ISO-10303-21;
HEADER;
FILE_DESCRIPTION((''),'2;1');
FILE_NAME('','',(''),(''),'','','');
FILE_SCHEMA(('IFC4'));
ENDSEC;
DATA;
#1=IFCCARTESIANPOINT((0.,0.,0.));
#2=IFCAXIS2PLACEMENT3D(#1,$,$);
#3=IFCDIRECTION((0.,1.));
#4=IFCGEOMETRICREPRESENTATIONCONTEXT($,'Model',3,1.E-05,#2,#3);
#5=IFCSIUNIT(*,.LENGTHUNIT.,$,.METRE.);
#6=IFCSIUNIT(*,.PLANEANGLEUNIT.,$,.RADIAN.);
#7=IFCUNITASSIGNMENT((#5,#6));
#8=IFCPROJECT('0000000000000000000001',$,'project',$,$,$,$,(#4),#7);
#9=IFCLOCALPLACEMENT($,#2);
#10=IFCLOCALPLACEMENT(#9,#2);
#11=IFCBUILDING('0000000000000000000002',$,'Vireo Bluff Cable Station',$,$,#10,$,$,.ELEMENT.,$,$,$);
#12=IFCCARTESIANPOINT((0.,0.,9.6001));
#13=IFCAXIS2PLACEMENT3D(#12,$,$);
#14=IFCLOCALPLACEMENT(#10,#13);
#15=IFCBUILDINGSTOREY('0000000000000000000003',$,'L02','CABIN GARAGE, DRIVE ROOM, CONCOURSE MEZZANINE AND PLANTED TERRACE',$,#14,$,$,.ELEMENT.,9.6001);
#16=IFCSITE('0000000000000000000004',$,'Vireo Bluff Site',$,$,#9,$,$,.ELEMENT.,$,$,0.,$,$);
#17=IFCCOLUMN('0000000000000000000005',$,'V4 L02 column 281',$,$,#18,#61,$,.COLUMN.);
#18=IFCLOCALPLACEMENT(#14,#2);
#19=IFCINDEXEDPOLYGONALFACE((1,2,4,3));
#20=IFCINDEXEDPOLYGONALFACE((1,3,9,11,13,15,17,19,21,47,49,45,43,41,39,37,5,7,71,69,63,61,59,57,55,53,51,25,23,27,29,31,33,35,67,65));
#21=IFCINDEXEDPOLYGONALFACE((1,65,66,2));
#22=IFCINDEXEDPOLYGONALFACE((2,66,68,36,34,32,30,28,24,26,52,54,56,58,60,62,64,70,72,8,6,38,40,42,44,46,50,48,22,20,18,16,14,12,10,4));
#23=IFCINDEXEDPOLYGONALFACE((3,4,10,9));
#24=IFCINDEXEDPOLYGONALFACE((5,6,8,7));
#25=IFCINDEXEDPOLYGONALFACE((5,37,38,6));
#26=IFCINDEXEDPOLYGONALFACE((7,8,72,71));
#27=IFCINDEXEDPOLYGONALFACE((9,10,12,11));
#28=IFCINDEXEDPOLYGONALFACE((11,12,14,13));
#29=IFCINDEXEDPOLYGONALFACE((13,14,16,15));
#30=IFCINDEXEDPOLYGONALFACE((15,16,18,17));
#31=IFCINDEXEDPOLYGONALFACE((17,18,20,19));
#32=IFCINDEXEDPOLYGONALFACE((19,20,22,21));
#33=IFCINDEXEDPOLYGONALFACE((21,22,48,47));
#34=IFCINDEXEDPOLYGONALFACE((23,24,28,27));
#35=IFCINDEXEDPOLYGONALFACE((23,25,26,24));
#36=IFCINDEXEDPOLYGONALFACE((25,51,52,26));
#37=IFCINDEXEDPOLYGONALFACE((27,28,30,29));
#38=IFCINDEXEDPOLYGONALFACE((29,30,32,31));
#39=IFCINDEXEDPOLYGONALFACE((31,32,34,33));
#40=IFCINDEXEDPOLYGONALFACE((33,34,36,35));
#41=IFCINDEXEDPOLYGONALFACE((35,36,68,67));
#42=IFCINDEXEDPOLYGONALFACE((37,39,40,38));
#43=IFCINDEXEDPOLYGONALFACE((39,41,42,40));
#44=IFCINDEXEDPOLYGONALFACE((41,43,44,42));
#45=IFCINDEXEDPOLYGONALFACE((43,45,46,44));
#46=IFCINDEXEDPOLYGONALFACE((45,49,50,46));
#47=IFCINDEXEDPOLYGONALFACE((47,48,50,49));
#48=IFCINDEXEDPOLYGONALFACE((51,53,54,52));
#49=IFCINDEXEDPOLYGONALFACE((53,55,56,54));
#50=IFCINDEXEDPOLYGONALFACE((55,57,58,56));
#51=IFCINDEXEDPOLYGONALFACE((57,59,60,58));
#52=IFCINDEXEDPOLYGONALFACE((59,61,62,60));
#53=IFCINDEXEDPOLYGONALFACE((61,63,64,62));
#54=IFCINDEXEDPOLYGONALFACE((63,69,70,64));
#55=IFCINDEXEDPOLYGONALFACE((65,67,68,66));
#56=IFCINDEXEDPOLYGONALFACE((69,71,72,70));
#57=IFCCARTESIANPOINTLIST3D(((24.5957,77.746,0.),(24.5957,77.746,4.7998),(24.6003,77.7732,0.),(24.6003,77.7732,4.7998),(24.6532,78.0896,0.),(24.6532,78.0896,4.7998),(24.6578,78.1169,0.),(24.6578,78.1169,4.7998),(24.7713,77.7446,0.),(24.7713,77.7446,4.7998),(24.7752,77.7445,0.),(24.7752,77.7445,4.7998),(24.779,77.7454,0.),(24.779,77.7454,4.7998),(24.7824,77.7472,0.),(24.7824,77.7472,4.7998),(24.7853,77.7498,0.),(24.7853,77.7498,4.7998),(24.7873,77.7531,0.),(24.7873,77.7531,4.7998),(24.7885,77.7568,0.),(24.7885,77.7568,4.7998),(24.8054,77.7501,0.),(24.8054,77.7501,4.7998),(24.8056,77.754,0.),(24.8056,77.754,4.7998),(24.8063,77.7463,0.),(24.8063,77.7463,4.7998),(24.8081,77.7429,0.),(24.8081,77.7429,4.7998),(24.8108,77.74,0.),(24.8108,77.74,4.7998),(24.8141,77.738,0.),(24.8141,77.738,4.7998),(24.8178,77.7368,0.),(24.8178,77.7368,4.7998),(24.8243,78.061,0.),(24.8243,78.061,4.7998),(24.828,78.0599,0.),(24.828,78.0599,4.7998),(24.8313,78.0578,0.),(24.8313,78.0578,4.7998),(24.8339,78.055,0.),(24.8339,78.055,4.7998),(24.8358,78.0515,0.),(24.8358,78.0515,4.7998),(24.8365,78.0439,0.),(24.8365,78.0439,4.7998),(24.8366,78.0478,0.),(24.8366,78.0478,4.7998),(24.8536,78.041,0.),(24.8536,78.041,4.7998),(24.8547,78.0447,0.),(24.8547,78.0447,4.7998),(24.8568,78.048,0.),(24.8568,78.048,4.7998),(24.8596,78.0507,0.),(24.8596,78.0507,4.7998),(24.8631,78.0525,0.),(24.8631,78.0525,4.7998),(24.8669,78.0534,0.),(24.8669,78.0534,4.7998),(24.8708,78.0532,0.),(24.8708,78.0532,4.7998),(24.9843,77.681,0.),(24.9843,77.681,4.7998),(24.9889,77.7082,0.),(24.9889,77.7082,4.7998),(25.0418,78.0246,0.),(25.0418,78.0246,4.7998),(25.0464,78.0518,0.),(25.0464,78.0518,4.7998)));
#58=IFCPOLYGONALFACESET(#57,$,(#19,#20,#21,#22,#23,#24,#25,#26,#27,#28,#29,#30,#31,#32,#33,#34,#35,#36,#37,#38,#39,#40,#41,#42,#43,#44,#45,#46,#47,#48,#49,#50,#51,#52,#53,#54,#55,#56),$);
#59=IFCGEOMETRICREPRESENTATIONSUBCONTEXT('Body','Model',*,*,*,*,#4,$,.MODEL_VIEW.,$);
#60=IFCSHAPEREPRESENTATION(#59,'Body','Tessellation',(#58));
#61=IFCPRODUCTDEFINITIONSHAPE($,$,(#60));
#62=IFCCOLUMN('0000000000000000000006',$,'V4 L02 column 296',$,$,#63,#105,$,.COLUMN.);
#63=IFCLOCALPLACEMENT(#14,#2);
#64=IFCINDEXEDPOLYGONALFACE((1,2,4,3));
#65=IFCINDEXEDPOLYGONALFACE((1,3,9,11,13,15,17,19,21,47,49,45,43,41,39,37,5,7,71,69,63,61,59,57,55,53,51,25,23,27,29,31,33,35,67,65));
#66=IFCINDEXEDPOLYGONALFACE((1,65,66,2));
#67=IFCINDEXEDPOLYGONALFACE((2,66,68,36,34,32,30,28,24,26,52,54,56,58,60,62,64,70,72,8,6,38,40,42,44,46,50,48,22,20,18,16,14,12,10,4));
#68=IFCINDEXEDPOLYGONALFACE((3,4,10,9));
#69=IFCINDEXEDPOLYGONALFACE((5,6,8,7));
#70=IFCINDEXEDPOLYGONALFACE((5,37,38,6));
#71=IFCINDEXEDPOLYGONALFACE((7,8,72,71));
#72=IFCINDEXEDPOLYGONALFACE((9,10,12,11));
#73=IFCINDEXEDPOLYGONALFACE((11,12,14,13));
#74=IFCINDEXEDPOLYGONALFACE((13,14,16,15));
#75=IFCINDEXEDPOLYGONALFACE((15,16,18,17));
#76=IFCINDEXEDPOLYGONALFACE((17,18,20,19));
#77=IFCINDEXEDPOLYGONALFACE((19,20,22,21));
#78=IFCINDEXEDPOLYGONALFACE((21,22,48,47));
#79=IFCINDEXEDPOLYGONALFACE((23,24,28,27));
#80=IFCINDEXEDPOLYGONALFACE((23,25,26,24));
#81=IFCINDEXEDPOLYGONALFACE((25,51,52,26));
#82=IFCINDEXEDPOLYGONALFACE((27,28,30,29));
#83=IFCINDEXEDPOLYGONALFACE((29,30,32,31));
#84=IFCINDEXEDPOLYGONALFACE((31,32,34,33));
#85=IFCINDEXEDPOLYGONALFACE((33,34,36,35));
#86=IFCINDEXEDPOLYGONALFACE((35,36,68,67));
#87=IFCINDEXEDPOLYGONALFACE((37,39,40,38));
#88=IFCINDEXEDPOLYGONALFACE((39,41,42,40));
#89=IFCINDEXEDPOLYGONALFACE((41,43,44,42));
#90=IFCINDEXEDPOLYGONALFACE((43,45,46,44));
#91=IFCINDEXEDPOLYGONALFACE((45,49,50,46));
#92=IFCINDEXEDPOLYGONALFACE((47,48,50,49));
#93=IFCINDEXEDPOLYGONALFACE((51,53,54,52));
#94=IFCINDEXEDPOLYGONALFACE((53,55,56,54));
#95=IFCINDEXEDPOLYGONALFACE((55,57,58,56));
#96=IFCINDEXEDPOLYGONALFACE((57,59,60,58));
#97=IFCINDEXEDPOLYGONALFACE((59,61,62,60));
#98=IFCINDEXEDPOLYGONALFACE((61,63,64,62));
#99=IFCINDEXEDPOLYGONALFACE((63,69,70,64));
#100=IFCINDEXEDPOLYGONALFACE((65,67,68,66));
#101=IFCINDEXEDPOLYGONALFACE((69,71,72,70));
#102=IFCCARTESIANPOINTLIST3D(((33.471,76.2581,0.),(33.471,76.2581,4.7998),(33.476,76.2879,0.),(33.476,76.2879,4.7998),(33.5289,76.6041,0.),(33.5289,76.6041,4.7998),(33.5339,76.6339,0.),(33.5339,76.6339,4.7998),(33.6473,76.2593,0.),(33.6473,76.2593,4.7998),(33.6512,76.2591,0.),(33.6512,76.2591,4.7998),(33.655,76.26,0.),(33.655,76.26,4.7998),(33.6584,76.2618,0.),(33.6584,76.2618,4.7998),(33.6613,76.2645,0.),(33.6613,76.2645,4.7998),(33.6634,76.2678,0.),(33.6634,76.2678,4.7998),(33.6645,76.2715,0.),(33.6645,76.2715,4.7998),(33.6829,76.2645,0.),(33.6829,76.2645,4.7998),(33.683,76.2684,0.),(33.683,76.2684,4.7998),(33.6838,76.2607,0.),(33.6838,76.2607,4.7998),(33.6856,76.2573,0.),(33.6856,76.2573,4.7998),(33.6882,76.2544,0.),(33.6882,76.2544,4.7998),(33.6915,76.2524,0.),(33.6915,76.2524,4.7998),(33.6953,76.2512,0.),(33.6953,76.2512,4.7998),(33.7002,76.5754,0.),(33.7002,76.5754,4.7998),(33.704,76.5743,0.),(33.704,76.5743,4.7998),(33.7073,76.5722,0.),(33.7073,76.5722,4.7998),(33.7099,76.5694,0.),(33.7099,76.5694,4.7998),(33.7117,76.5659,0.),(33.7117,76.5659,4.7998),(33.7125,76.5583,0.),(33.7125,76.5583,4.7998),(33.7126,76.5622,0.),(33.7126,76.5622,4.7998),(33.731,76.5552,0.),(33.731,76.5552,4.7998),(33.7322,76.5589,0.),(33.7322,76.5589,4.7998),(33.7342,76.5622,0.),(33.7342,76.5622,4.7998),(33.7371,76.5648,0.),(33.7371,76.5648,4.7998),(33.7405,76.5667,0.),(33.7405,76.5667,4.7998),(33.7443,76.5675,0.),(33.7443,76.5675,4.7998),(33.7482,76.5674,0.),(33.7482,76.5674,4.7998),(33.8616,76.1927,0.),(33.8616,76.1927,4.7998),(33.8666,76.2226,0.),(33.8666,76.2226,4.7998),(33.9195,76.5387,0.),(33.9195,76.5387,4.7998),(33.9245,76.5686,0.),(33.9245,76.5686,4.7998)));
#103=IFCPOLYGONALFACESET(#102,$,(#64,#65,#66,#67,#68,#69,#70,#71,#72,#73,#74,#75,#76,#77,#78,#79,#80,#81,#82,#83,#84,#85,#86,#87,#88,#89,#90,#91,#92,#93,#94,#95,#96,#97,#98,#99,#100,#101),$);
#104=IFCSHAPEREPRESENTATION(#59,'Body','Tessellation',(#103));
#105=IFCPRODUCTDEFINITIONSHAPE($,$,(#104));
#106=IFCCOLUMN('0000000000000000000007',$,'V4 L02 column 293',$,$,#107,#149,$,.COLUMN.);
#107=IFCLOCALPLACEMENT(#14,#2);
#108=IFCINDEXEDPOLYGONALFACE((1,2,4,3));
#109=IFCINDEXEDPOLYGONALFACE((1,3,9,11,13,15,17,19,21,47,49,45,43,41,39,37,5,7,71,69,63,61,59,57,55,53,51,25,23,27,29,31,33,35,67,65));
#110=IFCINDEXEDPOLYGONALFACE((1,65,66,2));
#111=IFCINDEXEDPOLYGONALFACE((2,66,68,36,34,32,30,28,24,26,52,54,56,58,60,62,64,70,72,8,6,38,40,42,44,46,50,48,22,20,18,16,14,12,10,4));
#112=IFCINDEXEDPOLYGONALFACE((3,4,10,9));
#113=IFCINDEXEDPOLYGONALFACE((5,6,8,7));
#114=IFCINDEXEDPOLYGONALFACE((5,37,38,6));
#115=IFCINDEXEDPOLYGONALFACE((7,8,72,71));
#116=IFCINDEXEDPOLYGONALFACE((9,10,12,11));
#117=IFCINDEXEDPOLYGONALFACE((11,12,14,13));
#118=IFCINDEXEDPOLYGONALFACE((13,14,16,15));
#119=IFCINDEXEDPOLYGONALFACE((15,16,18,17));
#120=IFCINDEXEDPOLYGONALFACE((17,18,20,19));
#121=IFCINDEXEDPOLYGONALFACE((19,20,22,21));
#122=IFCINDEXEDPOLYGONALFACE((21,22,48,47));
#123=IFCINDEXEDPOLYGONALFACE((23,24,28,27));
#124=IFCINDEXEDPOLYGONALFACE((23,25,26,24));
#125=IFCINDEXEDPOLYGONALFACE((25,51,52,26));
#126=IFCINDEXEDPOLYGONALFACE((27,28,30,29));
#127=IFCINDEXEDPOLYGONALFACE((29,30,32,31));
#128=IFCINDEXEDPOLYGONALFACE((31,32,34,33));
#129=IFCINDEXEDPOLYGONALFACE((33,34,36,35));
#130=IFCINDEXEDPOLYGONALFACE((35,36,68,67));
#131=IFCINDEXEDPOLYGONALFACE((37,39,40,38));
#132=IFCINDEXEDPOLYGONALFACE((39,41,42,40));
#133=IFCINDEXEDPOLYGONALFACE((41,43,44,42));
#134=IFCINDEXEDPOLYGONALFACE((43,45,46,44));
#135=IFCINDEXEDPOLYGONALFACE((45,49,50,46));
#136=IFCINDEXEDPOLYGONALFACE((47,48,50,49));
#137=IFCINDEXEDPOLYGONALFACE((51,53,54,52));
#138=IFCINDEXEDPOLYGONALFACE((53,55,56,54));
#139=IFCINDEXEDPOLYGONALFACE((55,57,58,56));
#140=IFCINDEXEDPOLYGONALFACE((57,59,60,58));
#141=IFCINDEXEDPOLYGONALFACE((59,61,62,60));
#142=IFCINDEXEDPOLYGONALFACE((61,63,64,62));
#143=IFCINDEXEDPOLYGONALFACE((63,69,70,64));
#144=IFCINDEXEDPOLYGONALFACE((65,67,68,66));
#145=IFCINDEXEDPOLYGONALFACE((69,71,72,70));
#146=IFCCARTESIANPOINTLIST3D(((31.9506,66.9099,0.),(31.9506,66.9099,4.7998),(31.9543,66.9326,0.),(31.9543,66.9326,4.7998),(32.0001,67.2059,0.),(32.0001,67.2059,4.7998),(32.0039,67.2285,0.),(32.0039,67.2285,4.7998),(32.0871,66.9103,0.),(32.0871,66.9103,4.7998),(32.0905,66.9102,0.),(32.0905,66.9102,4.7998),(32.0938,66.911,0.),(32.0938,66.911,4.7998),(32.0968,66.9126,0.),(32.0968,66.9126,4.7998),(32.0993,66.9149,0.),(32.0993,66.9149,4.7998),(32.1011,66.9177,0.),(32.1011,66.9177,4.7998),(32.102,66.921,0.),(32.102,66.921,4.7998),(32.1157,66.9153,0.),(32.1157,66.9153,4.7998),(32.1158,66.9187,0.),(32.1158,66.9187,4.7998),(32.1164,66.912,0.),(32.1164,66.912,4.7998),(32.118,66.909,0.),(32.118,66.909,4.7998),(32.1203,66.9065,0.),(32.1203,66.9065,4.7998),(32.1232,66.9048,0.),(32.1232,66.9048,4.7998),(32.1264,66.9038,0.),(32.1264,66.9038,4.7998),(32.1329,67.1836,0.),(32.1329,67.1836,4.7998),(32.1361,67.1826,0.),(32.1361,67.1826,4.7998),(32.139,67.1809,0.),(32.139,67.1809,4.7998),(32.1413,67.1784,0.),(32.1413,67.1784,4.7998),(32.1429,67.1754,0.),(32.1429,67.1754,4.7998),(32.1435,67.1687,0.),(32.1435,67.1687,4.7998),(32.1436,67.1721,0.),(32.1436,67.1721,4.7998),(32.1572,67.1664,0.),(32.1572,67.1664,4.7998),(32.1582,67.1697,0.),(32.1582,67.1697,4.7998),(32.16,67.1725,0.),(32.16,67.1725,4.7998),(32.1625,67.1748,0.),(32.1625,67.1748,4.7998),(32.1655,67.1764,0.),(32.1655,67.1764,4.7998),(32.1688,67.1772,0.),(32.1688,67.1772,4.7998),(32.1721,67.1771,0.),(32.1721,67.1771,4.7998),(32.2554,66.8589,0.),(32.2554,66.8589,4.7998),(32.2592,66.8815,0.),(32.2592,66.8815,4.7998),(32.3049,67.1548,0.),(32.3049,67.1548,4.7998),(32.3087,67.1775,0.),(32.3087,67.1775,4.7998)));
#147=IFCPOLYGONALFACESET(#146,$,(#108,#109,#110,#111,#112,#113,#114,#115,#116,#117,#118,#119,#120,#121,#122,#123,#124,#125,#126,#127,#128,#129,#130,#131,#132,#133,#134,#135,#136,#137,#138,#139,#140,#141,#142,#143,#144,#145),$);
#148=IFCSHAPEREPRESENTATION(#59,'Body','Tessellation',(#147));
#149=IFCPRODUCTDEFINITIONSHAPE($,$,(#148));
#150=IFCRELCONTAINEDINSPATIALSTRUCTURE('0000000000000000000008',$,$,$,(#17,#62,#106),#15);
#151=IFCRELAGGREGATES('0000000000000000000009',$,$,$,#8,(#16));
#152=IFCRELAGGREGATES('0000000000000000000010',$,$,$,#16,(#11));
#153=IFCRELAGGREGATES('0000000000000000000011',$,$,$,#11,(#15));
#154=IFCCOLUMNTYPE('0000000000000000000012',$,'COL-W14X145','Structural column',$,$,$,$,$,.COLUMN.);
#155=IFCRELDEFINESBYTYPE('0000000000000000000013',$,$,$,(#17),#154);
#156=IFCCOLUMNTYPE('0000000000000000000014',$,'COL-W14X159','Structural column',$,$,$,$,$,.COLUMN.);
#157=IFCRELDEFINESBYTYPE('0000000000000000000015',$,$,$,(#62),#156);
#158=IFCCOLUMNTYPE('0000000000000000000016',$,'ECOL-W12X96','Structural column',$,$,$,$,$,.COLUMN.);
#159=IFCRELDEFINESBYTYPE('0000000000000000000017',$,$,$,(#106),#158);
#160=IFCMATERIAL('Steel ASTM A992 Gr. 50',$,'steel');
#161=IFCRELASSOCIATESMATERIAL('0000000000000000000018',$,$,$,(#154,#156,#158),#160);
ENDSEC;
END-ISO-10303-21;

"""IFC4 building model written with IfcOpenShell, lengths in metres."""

from ifc_helpers import new_model, si_unit, direction, frame, origin, origin_2d, place, context, subcontext, project, spatial, i_section, extrude, material, material_profile, profile_set, type_object, element, save


model = new_model("IFC4")

# Units and contexts
model_context = context("Model", 3, precision=1e-05, world=origin(), true_north=direction((0.0, 1.0)))
body_context = subcontext(model_context, "Body", "Model", "MODEL_VIEW")
ifc_project = project(units=[si_unit("LENGTHUNIT", "METRE"), si_unit("PLANEANGLEUNIT", "RADIAN")], contexts=[model_context])

# Site, building, storey
site_placement = place(None, origin())
site = spatial("IfcSite", under=ifc_project, at=site_placement, Name="Vireo Bluff Site", CompositionType="ELEMENT", RefElevation=0.0)
building_placement = place(site_placement, origin())
building = spatial("IfcBuilding", under=site, at=building_placement, Name="Vireo Bluff Cable Station", CompositionType="ELEMENT")
storey_placement = place(building_placement, frame((0.0, 0.0, 9.6001)))
storey = spatial("IfcBuildingStorey", under=building, at=storey_placement, Name="L02", Description="CABIN GARAGE, DRIVE ROOM, CONCOURSE MEZZANINE AND PLANTED TERRACE", CompositionType="ELEMENT", Elevation=9.6001)

# Columns
ifc_material_1 = material(Name="Steel ASTM A992 Gr. 50", Category="steel")
ifc_material_profile_1 = material_profile(ifc_material_1, i_section(OverallWidth=0.394, OverallDepth=0.376, WebThickness=0.0173, FlangeThickness=0.0276, FilletRadius=0.0149, at=origin_2d()), Name="W14X145")
ifc_profile_set_1 = profile_set([ifc_material_profile_1], Name="Steel ASTM A992 Gr. 50")
column_type_1 = type_object("IfcColumnType", Name="COL-W14X145", Description="Structural column", PredefinedType="COLUMN", material=ifc_profile_set_1)
column_1_placement = place(storey_placement, frame((24.821, 77.8989, 0.0), z_axis=(0.0, 0.0, 1.0), x_axis=(0.986286, -0.165048, 0.0)))
element("IfcColumn", 1, at=column_1_placement, inside=storey, type_object=column_type_1, Name="V4 L02 column 281", PredefinedType="COLUMN", context=body_context, shape_type="SweptSolid", body=[
    extrude(i_section(OverallWidth=0.394, OverallDepth=0.376, WebThickness=0.0173, FlangeThickness=0.0276, FilletRadius=0.0149, at=origin_2d()), origin(), (0.0, 0.0, 1.0), 4.7998),
])
ifc_material_profile_2 = material_profile(ifc_material_1, i_section(OverallWidth=0.396, OverallDepth=0.3811, WebThickness=0.0188, FlangeThickness=0.0303, FilletRadius=0.0149, at=origin_2d()), Name="W14X159")
ifc_profile_set_2 = profile_set([ifc_material_profile_2], Name="Steel ASTM A992 Gr. 50")
column_type_2 = type_object("IfcColumnType", Name="COL-W14X159", Description="Structural column", PredefinedType="COLUMN", material=ifc_profile_set_2)
column_2_placement = place(storey_placement, frame((33.6978, 76.4133, 0.0), z_axis=(0.0, 0.0, 1.0), x_axis=(0.986286, -0.165048, 0.0)))
element("IfcColumn", 2, at=column_2_placement, inside=storey, type_object=column_type_2, Name="V4 L02 column 296", PredefinedType="COLUMN", context=body_context, shape_type="SweptSolid", body=[
    extrude(i_section(OverallWidth=0.396, OverallDepth=0.3811, WebThickness=0.0188, FlangeThickness=0.0303, FilletRadius=0.0149, at=origin_2d()), origin(), (0.0, 0.0, 1.0), 4.7998),
])
ifc_material_profile_3 = material_profile(ifc_material_1, i_section(OverallWidth=0.3091, OverallDepth=0.323, WebThickness=0.0139, FlangeThickness=0.0229, FilletRadius=0.0129, at=origin_2d()), Name="W12X96")
ifc_profile_set_3 = profile_set([ifc_material_profile_3], Name="Steel ASTM A992 Gr. 50")
column_type_3 = type_object("IfcColumnType", Name="ECOL-W12X96", Description="Structural column", PredefinedType="COLUMN", material=ifc_profile_set_3)
column_3_placement = place(storey_placement, frame((32.1296, 67.0437, 0.0), z_axis=(0.0, 0.0, 1.0), x_axis=(0.986286, -0.165048, 0.0)))
element("IfcColumn", 3, at=column_3_placement, inside=storey, type_object=column_type_3, Name="V4 L02 column 293", PredefinedType="COLUMN", context=body_context, shape_type="SweptSolid", body=[
    extrude(i_section(OverallWidth=0.3091, OverallDepth=0.323, WebThickness=0.0139, FlangeThickness=0.0229, FilletRadius=0.0129, at=origin_2d()), origin(), (0.0, 0.0, 1.0), 4.7998),
])

save(model, "model.ifc")
